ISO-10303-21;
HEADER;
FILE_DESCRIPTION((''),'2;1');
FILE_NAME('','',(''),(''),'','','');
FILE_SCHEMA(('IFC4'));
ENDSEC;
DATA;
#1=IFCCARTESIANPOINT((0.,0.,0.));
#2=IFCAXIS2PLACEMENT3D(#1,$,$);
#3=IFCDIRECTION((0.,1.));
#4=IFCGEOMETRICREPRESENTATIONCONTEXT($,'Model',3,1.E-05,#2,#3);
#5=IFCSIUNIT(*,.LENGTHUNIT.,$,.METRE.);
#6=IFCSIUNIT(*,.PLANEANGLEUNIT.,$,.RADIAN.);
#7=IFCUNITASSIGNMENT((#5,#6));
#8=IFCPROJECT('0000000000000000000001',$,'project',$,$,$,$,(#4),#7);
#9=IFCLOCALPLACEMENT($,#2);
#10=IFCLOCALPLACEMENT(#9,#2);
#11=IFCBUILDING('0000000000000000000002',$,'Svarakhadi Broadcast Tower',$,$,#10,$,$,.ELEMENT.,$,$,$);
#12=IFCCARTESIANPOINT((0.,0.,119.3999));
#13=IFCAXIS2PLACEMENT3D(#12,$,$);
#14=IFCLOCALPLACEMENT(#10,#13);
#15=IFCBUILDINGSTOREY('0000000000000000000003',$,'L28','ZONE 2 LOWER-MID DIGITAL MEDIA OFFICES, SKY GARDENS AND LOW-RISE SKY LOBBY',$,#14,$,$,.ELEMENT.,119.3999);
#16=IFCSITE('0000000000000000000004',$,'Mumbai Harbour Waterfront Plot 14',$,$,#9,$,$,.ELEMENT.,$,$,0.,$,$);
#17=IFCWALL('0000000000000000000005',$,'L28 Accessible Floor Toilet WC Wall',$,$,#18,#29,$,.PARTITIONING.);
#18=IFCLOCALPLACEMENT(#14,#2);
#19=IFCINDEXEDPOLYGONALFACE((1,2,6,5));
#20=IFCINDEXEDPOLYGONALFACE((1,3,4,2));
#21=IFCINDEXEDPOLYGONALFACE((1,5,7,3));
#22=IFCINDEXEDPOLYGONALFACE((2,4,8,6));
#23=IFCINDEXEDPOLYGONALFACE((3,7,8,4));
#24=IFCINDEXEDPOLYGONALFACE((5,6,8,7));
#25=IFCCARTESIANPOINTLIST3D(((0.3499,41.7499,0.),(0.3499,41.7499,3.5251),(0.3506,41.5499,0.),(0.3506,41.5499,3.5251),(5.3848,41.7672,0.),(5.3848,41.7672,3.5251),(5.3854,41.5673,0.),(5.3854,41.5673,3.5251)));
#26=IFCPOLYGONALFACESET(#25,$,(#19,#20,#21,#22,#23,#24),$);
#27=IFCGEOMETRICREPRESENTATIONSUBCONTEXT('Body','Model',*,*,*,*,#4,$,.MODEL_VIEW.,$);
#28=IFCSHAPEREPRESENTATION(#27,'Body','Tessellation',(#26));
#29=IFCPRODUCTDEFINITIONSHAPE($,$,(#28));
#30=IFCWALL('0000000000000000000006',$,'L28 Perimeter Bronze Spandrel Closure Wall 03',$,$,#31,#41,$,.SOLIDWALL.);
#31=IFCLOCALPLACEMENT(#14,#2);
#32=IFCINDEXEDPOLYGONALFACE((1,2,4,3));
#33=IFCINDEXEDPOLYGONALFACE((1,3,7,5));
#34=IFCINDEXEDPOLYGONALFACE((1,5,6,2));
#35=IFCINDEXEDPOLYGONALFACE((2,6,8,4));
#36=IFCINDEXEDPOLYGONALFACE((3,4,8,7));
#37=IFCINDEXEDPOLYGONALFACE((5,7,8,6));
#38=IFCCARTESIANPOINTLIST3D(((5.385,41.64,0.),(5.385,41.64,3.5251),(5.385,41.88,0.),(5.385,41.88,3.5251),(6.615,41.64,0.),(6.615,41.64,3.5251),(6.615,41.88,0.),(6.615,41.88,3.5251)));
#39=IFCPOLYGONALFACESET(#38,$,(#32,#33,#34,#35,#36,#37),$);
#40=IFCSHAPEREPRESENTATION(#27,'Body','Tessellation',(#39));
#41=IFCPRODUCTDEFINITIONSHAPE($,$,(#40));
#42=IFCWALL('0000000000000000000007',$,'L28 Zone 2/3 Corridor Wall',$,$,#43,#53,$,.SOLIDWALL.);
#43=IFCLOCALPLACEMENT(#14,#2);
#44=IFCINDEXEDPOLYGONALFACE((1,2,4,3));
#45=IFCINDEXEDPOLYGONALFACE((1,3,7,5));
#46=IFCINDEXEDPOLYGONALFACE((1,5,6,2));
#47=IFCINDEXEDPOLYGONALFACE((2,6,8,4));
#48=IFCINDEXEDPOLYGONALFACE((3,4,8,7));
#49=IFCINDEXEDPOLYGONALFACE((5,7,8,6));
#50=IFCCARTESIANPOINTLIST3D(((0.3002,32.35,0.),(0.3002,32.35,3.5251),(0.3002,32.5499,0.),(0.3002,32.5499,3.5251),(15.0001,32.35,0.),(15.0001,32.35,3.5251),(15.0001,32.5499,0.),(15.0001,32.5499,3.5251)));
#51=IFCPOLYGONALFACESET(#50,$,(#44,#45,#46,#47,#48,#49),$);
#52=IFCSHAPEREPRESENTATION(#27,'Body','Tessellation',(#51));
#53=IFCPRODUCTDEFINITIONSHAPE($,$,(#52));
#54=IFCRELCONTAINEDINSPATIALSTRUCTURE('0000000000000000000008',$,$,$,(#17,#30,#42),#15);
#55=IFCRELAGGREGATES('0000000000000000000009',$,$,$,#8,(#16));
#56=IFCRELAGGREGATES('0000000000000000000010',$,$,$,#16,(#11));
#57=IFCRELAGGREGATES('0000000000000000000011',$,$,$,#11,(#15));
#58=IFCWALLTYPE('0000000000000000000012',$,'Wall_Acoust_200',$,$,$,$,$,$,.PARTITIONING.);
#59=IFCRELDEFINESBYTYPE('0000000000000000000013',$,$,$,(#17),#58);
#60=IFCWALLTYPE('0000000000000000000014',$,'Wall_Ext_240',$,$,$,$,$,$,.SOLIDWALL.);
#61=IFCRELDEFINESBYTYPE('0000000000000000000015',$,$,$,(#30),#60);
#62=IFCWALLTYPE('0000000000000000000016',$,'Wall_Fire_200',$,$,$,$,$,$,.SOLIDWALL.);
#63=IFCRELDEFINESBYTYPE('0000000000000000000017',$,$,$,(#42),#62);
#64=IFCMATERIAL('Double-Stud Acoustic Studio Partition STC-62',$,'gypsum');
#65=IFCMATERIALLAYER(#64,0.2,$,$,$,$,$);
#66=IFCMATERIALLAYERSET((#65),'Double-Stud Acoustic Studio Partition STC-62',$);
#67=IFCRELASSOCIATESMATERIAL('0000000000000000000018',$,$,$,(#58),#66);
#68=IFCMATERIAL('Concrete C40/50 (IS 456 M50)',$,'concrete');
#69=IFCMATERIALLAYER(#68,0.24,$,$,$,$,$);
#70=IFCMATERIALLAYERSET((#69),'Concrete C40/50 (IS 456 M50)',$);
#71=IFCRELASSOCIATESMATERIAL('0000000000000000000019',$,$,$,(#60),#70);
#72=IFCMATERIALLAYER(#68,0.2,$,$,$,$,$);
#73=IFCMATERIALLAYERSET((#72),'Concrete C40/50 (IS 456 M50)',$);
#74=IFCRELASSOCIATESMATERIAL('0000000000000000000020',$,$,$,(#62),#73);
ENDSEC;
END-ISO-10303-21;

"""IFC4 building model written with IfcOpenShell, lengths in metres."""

from ifc_helpers import new_model, si_unit, direction, frame, frame_2d, origin, place, context, subcontext, project, spatial, rectangle, extrude, material, layer, layer_set, type_object, element, save


model = new_model("IFC4")

# Units and contexts
model_context = context("Model", 3, precision=1e-05, world=origin(), true_north=direction((0.0, 1.0)))
body_context = subcontext(model_context, "Body", "Model", "MODEL_VIEW")
ifc_project = project(units=[si_unit("LENGTHUNIT", "METRE"), si_unit("PLANEANGLEUNIT", "RADIAN")], contexts=[model_context])

# Site, building, storey
site_placement = place(None, origin())
site = spatial("IfcSite", under=ifc_project, at=site_placement, Name="Mumbai Harbour Waterfront Plot 14", CompositionType="ELEMENT", RefElevation=0.0)
building_placement = place(site_placement, origin())
building = spatial("IfcBuilding", under=site, at=building_placement, Name="Svarakhadi Broadcast Tower", CompositionType="ELEMENT")
storey_placement = place(building_placement, frame((0.0, 0.0, 119.3999)))
storey = spatial("IfcBuildingStorey", under=building, at=storey_placement, Name="L28", Description="ZONE 2 LOWER-MID DIGITAL MEDIA OFFICES, SKY GARDENS AND LOW-RISE SKY LOBBY", CompositionType="ELEMENT", Elevation=119.3999)

# Walls
ifc_material_1 = material(Name="Double-Stud Acoustic Studio Partition STC-62", Category="gypsum")
ifc_layer_1 = layer(ifc_material_1, 0.2)
ifc_layer_set_1 = layer_set([ifc_layer_1], Name="Double-Stud Acoustic Studio Partition STC-62")
wall_type_1 = type_object("IfcWallType", Name="Wall_Acoust_200", PredefinedType="PARTITIONING", material=ifc_layer_set_1)
wall_1_placement = place(storey_placement, frame((0.3501, 41.6499, 0.0), z_axis=(0.0, 0.0, 1.0), x_axis=(0.999994, 0.003443, 0.0)))
element("IfcWall", 1, at=wall_1_placement, inside=storey, type_object=wall_type_1, Name="L28 Accessible Floor Toilet WC Wall", PredefinedType="PARTITIONING", context=body_context, shape_type="SweptSolid", body=[
    extrude(rectangle(XDim=5.0349, YDim=0.2, at=frame_2d((2.5176, 0.0))), origin(), (0.0, 0.0, 1.0), 3.5251),
])
ifc_material_2 = material(Name="Concrete C40/50 (IS 456 M50)", Category="concrete")
ifc_layer_2 = layer(ifc_material_2, 0.24)
ifc_layer_set_2 = layer_set([ifc_layer_2], Name="Concrete C40/50 (IS 456 M50)")
wall_type_2 = type_object("IfcWallType", Name="Wall_Ext_240", PredefinedType="SOLIDWALL", material=ifc_layer_set_2)
wall_2_placement = place(storey_placement, frame((5.385, 41.76, 0.0), z_axis=(0.0, 0.0, 1.0), x_axis=(1.0, 0.0, 0.0)))
element("IfcWall", 2, at=wall_2_placement, inside=storey, type_object=wall_type_2, Name="L28 Perimeter Bronze Spandrel Closure Wall 03", PredefinedType="SOLIDWALL", context=body_context, shape_type="SweptSolid", body=[
    extrude(rectangle(XDim=1.23, YDim=0.24, at=frame_2d((0.615, 0.0))), origin(), (0.0, 0.0, 1.0), 3.5251),
])
ifc_layer_3 = layer(ifc_material_2, 0.2)
ifc_layer_set_3 = layer_set([ifc_layer_3], Name="Concrete C40/50 (IS 456 M50)")
wall_type_3 = type_object("IfcWallType", Name="Wall_Fire_200", PredefinedType="SOLIDWALL", material=ifc_layer_set_3)
wall_3_placement = place(storey_placement, frame((0.3, 32.45, 0.0), z_axis=(0.0, 0.0, 1.0), x_axis=(1.0, 0.0, 0.0)))
element("IfcWall", 3, at=wall_3_placement, inside=storey, type_object=wall_type_3, Name="L28 Zone 2/3 Corridor Wall", PredefinedType="SOLIDWALL", context=body_context, shape_type="SweptSolid", body=[
    extrude(rectangle(XDim=14.7, YDim=0.2, at=frame_2d((7.3501, 0.0))), origin(), (0.0, 0.0, 1.0), 3.5251),
])

save(model, "model.ifc")
